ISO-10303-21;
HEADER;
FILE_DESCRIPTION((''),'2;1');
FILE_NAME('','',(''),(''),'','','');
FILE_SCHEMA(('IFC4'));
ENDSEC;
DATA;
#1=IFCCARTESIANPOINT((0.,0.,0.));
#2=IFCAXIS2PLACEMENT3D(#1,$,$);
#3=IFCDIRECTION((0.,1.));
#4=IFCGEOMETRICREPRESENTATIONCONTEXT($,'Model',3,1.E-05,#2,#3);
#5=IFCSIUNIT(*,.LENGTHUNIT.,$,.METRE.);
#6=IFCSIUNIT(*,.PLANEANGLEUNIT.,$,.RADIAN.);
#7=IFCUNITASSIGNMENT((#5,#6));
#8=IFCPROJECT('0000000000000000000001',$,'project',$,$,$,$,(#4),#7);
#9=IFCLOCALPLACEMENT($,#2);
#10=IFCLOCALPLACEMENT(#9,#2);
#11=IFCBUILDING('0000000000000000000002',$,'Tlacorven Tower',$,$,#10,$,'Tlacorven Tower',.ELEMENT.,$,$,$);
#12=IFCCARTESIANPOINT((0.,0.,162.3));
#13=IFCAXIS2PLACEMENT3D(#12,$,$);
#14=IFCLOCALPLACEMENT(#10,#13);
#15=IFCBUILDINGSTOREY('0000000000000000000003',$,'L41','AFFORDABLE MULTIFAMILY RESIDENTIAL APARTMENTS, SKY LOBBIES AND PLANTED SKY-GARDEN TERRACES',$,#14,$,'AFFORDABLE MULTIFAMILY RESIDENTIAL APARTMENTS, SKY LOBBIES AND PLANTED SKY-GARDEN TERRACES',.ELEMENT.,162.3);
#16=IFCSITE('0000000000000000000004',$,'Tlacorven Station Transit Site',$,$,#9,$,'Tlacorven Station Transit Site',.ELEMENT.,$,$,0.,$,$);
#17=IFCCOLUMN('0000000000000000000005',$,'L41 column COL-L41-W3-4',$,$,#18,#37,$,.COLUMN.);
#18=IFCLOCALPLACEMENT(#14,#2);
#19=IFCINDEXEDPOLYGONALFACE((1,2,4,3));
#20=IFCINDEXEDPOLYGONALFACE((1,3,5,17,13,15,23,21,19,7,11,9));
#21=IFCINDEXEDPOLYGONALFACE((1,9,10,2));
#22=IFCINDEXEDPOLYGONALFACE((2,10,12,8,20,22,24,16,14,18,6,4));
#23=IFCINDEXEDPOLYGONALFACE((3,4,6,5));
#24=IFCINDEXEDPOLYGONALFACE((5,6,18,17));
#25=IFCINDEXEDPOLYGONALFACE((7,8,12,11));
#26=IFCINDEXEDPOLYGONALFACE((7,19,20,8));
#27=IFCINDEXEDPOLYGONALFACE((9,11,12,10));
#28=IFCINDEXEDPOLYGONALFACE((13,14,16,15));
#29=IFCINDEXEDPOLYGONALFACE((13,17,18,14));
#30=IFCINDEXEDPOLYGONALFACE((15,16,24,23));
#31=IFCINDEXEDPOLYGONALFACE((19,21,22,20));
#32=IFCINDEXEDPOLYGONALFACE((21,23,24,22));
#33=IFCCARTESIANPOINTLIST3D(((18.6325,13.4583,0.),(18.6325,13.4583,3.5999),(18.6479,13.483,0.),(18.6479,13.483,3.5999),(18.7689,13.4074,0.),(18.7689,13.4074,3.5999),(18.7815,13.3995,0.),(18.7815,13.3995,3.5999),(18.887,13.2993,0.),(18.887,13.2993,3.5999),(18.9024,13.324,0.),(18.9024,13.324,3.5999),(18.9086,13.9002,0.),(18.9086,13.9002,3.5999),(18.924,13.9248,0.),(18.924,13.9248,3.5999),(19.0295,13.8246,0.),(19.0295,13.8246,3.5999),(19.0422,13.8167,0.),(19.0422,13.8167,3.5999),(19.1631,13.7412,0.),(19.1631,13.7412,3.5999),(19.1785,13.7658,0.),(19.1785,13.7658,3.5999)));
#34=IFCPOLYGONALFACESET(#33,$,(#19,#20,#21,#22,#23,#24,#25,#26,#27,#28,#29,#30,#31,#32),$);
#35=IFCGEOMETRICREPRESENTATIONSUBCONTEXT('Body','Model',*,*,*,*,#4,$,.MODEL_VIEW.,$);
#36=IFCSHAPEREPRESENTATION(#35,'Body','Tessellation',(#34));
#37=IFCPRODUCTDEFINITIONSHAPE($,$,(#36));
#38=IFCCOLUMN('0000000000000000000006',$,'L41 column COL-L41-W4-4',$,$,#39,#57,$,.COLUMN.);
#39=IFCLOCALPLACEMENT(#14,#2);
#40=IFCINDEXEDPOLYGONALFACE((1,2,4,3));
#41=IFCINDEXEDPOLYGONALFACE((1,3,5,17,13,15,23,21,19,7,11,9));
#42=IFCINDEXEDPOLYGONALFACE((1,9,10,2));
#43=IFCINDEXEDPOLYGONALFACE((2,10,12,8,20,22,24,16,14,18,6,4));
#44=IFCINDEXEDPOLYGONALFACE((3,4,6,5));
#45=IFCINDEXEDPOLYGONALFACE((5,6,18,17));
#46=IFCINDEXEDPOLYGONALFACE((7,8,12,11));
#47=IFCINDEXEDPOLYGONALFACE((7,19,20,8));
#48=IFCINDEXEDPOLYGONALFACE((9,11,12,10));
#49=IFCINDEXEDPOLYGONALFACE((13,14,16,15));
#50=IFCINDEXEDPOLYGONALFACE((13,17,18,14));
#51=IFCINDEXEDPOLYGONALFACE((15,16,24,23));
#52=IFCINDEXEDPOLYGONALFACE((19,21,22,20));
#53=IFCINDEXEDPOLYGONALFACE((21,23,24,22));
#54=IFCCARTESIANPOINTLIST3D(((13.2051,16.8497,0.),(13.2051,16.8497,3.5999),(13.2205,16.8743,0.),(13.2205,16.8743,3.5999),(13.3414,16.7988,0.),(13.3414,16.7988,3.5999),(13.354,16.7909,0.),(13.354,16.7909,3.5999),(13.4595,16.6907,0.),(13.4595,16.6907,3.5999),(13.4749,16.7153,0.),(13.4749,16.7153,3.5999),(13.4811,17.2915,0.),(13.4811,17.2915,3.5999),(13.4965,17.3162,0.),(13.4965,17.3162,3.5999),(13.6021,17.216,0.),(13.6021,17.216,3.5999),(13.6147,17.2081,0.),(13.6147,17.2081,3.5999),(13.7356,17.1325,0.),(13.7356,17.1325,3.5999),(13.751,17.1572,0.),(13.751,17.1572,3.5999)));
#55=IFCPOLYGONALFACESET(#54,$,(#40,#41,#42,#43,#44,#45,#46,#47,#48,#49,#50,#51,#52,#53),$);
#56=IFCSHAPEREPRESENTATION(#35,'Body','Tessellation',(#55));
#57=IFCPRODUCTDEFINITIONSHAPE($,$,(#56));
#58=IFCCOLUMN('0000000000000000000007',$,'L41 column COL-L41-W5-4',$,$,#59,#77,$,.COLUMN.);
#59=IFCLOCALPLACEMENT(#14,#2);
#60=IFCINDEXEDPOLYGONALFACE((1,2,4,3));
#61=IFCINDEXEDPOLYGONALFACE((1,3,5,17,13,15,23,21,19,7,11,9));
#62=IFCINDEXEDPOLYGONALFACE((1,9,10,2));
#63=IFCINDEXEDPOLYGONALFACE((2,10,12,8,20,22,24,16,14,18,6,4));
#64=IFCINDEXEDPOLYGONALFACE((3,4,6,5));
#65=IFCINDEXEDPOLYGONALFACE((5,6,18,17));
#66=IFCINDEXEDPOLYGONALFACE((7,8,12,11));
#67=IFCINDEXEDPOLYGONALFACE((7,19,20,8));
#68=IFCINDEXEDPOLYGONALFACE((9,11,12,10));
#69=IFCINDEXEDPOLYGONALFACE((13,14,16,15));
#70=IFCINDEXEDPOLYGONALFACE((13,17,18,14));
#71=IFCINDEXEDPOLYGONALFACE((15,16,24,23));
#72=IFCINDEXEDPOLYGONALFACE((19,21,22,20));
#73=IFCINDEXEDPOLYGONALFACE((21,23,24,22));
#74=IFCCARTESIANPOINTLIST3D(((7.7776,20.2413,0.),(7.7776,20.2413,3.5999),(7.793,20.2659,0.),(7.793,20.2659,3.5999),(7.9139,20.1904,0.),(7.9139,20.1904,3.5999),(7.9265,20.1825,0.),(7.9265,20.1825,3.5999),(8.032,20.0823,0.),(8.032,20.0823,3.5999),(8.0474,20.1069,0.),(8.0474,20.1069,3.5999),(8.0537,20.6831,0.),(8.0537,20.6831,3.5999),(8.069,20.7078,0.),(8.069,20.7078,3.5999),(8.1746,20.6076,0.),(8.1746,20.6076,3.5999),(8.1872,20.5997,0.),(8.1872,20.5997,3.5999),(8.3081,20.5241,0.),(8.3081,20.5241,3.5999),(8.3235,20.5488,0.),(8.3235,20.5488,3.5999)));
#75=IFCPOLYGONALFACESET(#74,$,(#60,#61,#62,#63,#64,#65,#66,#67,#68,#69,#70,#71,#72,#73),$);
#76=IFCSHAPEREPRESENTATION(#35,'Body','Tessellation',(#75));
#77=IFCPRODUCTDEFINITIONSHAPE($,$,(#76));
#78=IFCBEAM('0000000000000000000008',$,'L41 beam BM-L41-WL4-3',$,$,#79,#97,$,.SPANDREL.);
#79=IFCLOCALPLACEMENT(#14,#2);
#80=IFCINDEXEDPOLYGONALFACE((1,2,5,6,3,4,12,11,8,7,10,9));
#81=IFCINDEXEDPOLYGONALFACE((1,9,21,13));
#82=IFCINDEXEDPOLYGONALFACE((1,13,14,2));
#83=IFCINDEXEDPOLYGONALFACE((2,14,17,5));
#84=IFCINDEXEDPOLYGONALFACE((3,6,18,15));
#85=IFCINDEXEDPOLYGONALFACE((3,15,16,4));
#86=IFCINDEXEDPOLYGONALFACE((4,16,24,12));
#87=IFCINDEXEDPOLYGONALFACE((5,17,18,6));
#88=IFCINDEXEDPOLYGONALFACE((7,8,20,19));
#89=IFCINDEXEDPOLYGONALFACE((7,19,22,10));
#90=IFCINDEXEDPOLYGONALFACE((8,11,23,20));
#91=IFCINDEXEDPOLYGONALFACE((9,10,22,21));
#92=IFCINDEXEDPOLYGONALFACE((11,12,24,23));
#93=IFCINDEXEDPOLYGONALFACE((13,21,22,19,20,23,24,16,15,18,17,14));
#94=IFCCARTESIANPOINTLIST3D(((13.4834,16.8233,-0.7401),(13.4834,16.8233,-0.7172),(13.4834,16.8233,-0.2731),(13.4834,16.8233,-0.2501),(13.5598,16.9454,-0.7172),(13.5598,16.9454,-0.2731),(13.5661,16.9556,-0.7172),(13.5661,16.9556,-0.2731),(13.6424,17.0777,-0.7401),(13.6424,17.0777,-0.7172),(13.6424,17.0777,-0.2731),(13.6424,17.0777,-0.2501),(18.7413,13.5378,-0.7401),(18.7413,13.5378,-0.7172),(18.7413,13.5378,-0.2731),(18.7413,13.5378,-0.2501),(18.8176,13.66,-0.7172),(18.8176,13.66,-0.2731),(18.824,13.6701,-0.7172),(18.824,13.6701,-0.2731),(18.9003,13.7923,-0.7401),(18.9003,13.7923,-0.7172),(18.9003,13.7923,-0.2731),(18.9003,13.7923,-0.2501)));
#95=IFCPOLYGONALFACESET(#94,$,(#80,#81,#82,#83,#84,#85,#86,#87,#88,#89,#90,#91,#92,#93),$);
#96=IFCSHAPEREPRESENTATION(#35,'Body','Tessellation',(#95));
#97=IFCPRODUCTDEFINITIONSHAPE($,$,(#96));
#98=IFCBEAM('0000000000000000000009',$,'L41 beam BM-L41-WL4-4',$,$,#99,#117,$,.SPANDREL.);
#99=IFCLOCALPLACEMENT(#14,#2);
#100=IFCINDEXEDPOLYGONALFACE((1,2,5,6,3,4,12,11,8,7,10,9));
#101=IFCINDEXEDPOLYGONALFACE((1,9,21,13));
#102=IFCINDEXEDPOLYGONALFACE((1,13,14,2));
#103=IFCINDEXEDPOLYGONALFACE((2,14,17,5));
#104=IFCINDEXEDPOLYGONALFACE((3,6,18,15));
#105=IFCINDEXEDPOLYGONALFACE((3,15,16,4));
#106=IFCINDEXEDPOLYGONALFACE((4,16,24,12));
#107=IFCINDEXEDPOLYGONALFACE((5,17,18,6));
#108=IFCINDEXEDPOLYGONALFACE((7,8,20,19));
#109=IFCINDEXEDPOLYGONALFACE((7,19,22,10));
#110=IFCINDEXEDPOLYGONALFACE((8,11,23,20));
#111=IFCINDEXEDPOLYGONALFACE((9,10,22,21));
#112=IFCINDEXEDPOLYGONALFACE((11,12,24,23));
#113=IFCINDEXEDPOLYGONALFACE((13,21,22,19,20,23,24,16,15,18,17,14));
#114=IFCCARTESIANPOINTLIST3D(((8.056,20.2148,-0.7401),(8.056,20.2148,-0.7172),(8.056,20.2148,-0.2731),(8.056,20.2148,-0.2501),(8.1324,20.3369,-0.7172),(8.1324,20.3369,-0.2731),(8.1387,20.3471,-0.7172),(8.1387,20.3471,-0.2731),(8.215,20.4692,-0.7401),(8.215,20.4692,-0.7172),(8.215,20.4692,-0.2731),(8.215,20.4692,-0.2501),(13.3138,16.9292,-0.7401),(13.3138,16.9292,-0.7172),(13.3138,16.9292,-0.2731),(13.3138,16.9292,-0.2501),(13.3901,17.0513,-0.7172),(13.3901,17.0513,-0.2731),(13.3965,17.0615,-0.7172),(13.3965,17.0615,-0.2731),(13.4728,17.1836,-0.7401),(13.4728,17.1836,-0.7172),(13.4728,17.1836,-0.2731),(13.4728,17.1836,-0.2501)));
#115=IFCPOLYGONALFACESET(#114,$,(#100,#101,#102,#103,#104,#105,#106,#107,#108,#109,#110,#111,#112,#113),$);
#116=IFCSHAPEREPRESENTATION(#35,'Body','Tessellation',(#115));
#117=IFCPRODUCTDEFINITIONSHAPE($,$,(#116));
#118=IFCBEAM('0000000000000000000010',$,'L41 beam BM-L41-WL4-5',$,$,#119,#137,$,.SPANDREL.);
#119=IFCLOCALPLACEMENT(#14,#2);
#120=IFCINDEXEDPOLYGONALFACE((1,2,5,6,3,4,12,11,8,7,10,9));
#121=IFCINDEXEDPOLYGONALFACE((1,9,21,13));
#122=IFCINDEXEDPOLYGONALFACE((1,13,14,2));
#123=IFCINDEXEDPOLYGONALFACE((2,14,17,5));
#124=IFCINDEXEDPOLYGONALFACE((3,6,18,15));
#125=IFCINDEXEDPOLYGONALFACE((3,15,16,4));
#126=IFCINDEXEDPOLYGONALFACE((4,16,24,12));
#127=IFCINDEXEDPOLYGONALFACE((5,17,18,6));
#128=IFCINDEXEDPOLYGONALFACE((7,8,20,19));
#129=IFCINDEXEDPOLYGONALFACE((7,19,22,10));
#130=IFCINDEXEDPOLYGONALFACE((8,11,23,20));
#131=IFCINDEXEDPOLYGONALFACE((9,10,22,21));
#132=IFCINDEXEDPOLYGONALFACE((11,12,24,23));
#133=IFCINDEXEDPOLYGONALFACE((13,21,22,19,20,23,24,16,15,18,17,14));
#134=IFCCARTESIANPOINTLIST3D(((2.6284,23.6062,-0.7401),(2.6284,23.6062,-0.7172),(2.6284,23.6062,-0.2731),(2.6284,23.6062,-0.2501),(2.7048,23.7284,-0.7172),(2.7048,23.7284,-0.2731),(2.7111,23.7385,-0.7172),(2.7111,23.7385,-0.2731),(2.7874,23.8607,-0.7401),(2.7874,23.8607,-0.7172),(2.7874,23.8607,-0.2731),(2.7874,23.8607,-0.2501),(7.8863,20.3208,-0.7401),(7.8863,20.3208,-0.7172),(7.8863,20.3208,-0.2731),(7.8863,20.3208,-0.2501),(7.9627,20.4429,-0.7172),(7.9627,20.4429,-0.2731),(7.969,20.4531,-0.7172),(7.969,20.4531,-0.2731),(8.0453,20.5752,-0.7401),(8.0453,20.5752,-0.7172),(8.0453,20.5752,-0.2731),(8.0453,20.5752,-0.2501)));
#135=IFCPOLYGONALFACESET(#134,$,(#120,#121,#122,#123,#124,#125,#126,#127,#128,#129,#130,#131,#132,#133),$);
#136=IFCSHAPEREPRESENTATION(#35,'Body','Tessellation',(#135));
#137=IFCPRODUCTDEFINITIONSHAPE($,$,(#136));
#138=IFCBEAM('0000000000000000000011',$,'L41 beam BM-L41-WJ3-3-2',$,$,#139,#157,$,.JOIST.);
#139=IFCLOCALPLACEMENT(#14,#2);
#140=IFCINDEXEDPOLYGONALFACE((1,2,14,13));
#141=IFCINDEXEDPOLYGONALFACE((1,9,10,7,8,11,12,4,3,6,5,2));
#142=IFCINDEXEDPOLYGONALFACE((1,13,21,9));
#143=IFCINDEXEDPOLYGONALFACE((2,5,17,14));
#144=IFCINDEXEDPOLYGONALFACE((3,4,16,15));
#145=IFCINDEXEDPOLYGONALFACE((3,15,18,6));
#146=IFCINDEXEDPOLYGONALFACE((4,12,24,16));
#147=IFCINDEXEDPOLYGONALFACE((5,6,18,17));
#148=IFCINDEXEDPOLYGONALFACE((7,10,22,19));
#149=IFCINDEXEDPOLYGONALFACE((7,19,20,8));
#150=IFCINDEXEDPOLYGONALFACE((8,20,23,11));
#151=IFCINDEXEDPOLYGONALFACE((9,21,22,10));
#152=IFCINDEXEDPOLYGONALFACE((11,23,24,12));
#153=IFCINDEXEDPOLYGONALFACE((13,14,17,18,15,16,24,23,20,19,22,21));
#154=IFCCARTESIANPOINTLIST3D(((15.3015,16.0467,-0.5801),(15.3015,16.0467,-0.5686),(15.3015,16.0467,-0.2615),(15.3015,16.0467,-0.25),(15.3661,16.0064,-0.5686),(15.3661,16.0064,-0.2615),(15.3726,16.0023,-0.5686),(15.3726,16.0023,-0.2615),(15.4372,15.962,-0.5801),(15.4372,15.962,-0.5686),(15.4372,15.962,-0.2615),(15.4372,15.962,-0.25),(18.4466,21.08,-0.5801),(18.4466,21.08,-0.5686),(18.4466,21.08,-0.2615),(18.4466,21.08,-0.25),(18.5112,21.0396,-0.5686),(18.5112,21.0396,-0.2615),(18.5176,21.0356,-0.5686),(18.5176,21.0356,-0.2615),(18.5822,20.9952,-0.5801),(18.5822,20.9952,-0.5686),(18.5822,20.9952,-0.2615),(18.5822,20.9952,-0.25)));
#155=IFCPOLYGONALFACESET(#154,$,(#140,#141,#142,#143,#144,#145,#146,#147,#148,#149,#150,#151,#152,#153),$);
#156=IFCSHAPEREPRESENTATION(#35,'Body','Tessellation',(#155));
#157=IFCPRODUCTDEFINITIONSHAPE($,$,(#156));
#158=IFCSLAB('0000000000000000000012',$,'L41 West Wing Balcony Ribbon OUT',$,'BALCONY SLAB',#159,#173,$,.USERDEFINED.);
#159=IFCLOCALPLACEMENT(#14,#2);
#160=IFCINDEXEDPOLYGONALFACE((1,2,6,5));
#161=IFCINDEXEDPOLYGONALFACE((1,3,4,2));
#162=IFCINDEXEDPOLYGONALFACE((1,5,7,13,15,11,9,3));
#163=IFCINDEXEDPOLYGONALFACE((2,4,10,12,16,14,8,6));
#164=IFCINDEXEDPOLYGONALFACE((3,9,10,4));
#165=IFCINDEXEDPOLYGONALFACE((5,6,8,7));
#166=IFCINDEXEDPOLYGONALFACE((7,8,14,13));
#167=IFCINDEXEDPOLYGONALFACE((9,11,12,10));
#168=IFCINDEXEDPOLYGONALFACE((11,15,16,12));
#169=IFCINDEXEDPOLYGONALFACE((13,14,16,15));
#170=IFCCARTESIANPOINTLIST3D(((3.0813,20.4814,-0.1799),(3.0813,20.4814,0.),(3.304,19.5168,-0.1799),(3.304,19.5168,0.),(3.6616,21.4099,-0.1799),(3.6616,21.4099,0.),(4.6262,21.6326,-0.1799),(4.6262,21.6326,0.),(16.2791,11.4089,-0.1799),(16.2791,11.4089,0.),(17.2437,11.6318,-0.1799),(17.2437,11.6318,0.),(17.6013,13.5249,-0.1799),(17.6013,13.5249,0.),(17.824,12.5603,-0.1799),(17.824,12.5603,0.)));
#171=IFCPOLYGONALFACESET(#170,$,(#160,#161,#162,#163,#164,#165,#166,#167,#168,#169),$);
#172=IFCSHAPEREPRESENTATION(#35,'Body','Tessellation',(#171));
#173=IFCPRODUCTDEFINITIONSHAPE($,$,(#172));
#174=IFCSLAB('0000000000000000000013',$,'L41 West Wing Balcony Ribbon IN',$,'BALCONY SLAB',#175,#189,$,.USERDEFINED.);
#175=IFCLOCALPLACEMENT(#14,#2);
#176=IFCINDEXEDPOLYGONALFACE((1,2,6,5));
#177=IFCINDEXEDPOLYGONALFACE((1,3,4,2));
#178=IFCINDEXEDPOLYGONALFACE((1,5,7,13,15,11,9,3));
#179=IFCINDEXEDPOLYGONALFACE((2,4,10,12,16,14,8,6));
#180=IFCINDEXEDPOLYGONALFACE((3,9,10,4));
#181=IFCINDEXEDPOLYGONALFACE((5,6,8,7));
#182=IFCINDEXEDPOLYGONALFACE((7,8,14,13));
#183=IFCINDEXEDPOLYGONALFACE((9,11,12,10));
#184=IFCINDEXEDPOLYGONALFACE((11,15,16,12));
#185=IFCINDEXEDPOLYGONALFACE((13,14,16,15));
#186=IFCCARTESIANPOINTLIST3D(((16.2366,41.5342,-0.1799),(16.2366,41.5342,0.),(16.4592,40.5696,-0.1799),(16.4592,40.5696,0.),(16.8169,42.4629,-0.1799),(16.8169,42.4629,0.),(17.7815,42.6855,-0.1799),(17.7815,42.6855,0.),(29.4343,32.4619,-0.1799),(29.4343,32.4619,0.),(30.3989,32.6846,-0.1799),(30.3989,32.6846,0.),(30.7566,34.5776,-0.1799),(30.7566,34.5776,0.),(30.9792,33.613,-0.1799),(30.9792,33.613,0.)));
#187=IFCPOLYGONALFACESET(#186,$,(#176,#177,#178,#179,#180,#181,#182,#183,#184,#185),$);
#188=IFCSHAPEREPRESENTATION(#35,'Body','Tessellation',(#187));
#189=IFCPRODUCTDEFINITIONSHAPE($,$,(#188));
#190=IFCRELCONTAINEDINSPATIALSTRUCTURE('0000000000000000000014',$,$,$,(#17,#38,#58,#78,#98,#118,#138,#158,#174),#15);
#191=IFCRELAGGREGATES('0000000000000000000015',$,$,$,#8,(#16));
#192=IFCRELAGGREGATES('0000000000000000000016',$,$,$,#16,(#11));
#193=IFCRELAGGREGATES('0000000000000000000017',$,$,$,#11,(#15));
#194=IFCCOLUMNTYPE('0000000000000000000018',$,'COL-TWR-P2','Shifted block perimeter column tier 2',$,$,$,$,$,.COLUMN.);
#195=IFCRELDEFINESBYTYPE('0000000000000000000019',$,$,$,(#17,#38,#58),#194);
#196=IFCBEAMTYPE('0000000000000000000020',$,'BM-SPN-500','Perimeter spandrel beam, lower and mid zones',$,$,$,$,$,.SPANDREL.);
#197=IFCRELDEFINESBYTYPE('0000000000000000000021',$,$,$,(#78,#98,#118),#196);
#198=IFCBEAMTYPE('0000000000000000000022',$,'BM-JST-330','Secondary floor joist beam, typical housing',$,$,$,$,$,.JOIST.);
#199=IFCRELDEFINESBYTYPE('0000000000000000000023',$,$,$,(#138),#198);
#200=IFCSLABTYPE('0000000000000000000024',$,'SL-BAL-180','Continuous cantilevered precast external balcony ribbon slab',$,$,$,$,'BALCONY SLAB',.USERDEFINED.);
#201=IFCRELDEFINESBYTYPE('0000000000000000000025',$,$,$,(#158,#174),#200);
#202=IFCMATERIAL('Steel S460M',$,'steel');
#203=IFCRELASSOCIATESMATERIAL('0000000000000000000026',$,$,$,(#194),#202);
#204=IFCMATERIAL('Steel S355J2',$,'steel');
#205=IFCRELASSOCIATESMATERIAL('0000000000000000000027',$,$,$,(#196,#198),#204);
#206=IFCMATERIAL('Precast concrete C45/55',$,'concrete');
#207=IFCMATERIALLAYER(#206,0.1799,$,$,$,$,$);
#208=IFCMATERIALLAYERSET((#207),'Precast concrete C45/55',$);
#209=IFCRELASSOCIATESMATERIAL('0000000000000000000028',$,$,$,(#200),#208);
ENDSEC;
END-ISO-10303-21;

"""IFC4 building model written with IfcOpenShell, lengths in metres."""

from ifc_helpers import new_model, si_unit, direction, frame, origin, origin_2d, place, context, subcontext, project, spatial, polyline, i_section, outline, extrude, source, transform, mapped, material, layer, layer_set, material_profile, profile_set, type_object, element, save


model = new_model("IFC4")

# Units and contexts
model_context = context("Model", 3, precision=1e-05, world=origin(), true_north=direction((0.0, 1.0)))
body_context = subcontext(model_context, "Body", "Model", "MODEL_VIEW")
ifc_project = project(units=[si_unit("LENGTHUNIT", "METRE"), si_unit("PLANEANGLEUNIT", "RADIAN")], contexts=[model_context])

# Site, building, storey
site_placement = place(None, origin())
site = spatial("IfcSite", under=ifc_project, at=site_placement, Name="Tlacorven Station Transit Site", LongName="Tlacorven Station Transit Site", CompositionType="ELEMENT", RefElevation=0.0)
building_placement = place(site_placement, origin())
building = spatial("IfcBuilding", under=site, at=building_placement, Name="Tlacorven Tower", LongName="Tlacorven Tower", CompositionType="ELEMENT")
storey_placement = place(building_placement, frame((0.0, 0.0, 162.3)))
storey = spatial("IfcBuildingStorey", under=building, at=storey_placement, Name="L41", Description="AFFORDABLE MULTIFAMILY RESIDENTIAL APARTMENTS, SKY LOBBIES AND PLANTED SKY-GARDEN TERRACES", LongName="AFFORDABLE MULTIFAMILY RESIDENTIAL APARTMENTS, SKY LOBBIES AND PLANTED SKY-GARDEN TERRACES", CompositionType="ELEMENT", Elevation=162.3)

# Columns
ifc_material_1 = material(Name="Steel S460M", Category="steel")
ifc_material_profile_1 = material_profile(ifc_material_1, i_section(OverallWidth=0.3, OverallDepth=0.55, WebThickness=0.0149, FlangeThickness=0.0291, at=origin_2d()), Name="HEB 550")
ifc_profile_set_1 = profile_set([ifc_material_profile_1], Name="Steel S460M")
column_type = type_object("IfcColumnType", Name="COL-TWR-P2", Description="Shifted block perimeter column tier 2", PredefinedType="COLUMN", material=ifc_profile_set_1)
shared_shape_1 = source(origin(), body_context, "Body", "SweptSolid", [
    extrude(i_section(OverallWidth=0.3, OverallDepth=0.55, WebThickness=0.0149, FlangeThickness=0.0291, at=origin_2d()), origin(), (0.0, 0.0, 1.0), 3.5999),
])
for number, where, z_axis, x_axis, name in (
    (1, (18.9055, 13.6121, 0.0), (0.0, 0.0, 1.0), (-0.848048, 0.529919, 0.0), "L41 column COL-L41-W3-4"),
    (2, (13.478, 17.0034, 0.0), (0.0, 0.0, 1.0), (-0.848048, 0.529919, 0.0), "L41 column COL-L41-W4-4"),
    (3, (8.0505, 20.395, 0.0), (0.0, 0.0, 1.0), (-0.848048, 0.529919, 0.0), "L41 column COL-L41-W5-4"),
):
    element("IfcColumn", number, at=place(storey_placement, frame(where, z_axis=z_axis, x_axis=x_axis)), inside=storey, type_object=column_type, Name=name, PredefinedType="COLUMN", context=body_context, shape_type="MappedRepresentation", body=[
        mapped(shared_shape_1, transform((0.0, 0.0, 0.0), scale=1.0)),
    ])

# Beams
ifc_material_2 = material(Name="Steel S355J2", Category="steel")
ifc_material_profile_2 = material_profile(ifc_material_2, i_section(OverallWidth=0.3, OverallDepth=0.49, WebThickness=0.012, FlangeThickness=0.0229, at=origin_2d()), Name="HEA 500")
ifc_profile_set_2 = profile_set([ifc_material_profile_2], Name="Steel S355J2")
beam_type_1 = type_object("IfcBeamType", Name="BM-SPN-500", Description="Perimeter spandrel beam, lower and mid zones", PredefinedType="SPANDREL", material=ifc_profile_set_2)
shared_shape_2 = source(origin(), body_context, "Body", "SweptSolid", [
    extrude(i_section(OverallWidth=0.3, OverallDepth=0.49, WebThickness=0.012, FlangeThickness=0.0229, at=origin_2d()), origin(), (0.0, 0.0, 1.0), 6.2),
])
for number, where, z_axis, x_axis, name in (
    (4, (18.8208, 13.665, -0.4951), (-0.848051, 0.529914, 0.0), (-0.529914, -0.848051, 0.0), "L41 beam BM-L41-WL4-3"),
    (5, (13.3933, 17.0564, -0.4951), (-0.848034, 0.529942, 0.0), (-0.529942, -0.848034, 0.0), "L41 beam BM-L41-WL4-4"),
    (6, (7.9658, 20.448, -0.4951), (-0.848051, 0.529914, 0.0), (-0.529914, -0.848051, 0.0), "L41 beam BM-L41-WL4-5"),
):
    element("IfcBeam", number, at=place(storey_placement, frame(where, z_axis=z_axis, x_axis=x_axis)), inside=storey, type_object=beam_type_1, Name=name, PredefinedType="SPANDREL", context=body_context, shape_type="MappedRepresentation", body=[
        mapped(shared_shape_2, transform((0.0, 0.0, 0.0), scale=1.0)),
    ])
ifc_material_profile_3 = material_profile(ifc_material_2, i_section(OverallWidth=0.1599, OverallDepth=0.3301, WebThickness=0.0076, FlangeThickness=0.0115, at=origin_2d()), Name="IPE 330")
ifc_profile_set_3 = profile_set([ifc_material_profile_3], Name="Steel S355J2")
beam_type_2 = type_object("IfcBeamType", Name="BM-JST-330", Description="Secondary floor joist beam, typical housing", PredefinedType="JOIST", material=ifc_profile_set_3)
shared_shape_3 = source(origin(), body_context, "Body", "SweptSolid", [
    extrude(i_section(OverallWidth=0.1599, OverallDepth=0.3301, WebThickness=0.0076, FlangeThickness=0.0115, at=origin_2d()), origin(), (0.0, 0.0, 1.0), 5.9351),
])
beam_placement = place(storey_placement, frame((18.5144, 21.0376, -0.415), z_axis=(-0.52991, -0.848054, 0.0), x_axis=(0.848054, -0.52991, 0.0)))
element("IfcBeam", 7, at=beam_placement, inside=storey, type_object=beam_type_2, Name="L41 beam BM-L41-WJ3-3-2", PredefinedType="JOIST", context=body_context, shape_type="MappedRepresentation", body=[
    mapped(shared_shape_3, transform((0.0, 0.0, 0.0), scale=1.0)),
])

# Slabs
ifc_material_3 = material(Name="Precast concrete C45/55", Category="concrete")
ifc_layer_1 = layer(ifc_material_3, 0.1799)
ifc_layer_set_1 = layer_set([ifc_layer_1], Name="Precast concrete C45/55")
slab_type_1 = type_object("IfcSlabType", Name="SL-BAL-180", Description="Continuous cantilevered precast external balcony ribbon slab", ElementType="BALCONY SLAB", PredefinedType="USERDEFINED", material=ifc_layer_set_1)
slab_1_placement = place(storey_placement, frame((0.0, 0.0, -0.1799)))
element("IfcSlab", 8, at=slab_1_placement, inside=storey, type_object=slab_type_1, Name="L41 West Wing Balcony Ribbon OUT", ObjectType="BALCONY SLAB", PredefinedType="USERDEFINED", context=body_context, shape_type="SweptSolid", body=[
    extrude(outline(polyline([(17.6013, 13.5249), (4.6262, 21.6326), (3.6616, 21.4099), (3.0813, 20.4814), (3.304, 19.5168), (16.2791, 11.4089), (17.2437, 11.6318), (17.824, 12.5603), (17.6013, 13.5249)])), origin(), (0.0, 0.0, 1.0), 0.1799),
])
slab_2_placement = place(storey_placement, frame((0.0, 0.0, -0.1799)))
element("IfcSlab", 9, at=slab_2_placement, inside=storey, type_object=slab_type_1, Name="L41 West Wing Balcony Ribbon IN", ObjectType="BALCONY SLAB", PredefinedType="USERDEFINED", context=body_context, shape_type="SweptSolid", body=[
    extrude(outline(polyline([(30.7566, 34.5776), (17.7815, 42.6855), (16.8169, 42.4629), (16.2366, 41.5342), (16.4592, 40.5696), (29.4343, 32.4619), (30.3989, 32.6846), (30.9792, 33.613), (30.7566, 34.5776)])), origin(), (0.0, 0.0, 1.0), 0.1799),
])

save(model, "model.ifc")
